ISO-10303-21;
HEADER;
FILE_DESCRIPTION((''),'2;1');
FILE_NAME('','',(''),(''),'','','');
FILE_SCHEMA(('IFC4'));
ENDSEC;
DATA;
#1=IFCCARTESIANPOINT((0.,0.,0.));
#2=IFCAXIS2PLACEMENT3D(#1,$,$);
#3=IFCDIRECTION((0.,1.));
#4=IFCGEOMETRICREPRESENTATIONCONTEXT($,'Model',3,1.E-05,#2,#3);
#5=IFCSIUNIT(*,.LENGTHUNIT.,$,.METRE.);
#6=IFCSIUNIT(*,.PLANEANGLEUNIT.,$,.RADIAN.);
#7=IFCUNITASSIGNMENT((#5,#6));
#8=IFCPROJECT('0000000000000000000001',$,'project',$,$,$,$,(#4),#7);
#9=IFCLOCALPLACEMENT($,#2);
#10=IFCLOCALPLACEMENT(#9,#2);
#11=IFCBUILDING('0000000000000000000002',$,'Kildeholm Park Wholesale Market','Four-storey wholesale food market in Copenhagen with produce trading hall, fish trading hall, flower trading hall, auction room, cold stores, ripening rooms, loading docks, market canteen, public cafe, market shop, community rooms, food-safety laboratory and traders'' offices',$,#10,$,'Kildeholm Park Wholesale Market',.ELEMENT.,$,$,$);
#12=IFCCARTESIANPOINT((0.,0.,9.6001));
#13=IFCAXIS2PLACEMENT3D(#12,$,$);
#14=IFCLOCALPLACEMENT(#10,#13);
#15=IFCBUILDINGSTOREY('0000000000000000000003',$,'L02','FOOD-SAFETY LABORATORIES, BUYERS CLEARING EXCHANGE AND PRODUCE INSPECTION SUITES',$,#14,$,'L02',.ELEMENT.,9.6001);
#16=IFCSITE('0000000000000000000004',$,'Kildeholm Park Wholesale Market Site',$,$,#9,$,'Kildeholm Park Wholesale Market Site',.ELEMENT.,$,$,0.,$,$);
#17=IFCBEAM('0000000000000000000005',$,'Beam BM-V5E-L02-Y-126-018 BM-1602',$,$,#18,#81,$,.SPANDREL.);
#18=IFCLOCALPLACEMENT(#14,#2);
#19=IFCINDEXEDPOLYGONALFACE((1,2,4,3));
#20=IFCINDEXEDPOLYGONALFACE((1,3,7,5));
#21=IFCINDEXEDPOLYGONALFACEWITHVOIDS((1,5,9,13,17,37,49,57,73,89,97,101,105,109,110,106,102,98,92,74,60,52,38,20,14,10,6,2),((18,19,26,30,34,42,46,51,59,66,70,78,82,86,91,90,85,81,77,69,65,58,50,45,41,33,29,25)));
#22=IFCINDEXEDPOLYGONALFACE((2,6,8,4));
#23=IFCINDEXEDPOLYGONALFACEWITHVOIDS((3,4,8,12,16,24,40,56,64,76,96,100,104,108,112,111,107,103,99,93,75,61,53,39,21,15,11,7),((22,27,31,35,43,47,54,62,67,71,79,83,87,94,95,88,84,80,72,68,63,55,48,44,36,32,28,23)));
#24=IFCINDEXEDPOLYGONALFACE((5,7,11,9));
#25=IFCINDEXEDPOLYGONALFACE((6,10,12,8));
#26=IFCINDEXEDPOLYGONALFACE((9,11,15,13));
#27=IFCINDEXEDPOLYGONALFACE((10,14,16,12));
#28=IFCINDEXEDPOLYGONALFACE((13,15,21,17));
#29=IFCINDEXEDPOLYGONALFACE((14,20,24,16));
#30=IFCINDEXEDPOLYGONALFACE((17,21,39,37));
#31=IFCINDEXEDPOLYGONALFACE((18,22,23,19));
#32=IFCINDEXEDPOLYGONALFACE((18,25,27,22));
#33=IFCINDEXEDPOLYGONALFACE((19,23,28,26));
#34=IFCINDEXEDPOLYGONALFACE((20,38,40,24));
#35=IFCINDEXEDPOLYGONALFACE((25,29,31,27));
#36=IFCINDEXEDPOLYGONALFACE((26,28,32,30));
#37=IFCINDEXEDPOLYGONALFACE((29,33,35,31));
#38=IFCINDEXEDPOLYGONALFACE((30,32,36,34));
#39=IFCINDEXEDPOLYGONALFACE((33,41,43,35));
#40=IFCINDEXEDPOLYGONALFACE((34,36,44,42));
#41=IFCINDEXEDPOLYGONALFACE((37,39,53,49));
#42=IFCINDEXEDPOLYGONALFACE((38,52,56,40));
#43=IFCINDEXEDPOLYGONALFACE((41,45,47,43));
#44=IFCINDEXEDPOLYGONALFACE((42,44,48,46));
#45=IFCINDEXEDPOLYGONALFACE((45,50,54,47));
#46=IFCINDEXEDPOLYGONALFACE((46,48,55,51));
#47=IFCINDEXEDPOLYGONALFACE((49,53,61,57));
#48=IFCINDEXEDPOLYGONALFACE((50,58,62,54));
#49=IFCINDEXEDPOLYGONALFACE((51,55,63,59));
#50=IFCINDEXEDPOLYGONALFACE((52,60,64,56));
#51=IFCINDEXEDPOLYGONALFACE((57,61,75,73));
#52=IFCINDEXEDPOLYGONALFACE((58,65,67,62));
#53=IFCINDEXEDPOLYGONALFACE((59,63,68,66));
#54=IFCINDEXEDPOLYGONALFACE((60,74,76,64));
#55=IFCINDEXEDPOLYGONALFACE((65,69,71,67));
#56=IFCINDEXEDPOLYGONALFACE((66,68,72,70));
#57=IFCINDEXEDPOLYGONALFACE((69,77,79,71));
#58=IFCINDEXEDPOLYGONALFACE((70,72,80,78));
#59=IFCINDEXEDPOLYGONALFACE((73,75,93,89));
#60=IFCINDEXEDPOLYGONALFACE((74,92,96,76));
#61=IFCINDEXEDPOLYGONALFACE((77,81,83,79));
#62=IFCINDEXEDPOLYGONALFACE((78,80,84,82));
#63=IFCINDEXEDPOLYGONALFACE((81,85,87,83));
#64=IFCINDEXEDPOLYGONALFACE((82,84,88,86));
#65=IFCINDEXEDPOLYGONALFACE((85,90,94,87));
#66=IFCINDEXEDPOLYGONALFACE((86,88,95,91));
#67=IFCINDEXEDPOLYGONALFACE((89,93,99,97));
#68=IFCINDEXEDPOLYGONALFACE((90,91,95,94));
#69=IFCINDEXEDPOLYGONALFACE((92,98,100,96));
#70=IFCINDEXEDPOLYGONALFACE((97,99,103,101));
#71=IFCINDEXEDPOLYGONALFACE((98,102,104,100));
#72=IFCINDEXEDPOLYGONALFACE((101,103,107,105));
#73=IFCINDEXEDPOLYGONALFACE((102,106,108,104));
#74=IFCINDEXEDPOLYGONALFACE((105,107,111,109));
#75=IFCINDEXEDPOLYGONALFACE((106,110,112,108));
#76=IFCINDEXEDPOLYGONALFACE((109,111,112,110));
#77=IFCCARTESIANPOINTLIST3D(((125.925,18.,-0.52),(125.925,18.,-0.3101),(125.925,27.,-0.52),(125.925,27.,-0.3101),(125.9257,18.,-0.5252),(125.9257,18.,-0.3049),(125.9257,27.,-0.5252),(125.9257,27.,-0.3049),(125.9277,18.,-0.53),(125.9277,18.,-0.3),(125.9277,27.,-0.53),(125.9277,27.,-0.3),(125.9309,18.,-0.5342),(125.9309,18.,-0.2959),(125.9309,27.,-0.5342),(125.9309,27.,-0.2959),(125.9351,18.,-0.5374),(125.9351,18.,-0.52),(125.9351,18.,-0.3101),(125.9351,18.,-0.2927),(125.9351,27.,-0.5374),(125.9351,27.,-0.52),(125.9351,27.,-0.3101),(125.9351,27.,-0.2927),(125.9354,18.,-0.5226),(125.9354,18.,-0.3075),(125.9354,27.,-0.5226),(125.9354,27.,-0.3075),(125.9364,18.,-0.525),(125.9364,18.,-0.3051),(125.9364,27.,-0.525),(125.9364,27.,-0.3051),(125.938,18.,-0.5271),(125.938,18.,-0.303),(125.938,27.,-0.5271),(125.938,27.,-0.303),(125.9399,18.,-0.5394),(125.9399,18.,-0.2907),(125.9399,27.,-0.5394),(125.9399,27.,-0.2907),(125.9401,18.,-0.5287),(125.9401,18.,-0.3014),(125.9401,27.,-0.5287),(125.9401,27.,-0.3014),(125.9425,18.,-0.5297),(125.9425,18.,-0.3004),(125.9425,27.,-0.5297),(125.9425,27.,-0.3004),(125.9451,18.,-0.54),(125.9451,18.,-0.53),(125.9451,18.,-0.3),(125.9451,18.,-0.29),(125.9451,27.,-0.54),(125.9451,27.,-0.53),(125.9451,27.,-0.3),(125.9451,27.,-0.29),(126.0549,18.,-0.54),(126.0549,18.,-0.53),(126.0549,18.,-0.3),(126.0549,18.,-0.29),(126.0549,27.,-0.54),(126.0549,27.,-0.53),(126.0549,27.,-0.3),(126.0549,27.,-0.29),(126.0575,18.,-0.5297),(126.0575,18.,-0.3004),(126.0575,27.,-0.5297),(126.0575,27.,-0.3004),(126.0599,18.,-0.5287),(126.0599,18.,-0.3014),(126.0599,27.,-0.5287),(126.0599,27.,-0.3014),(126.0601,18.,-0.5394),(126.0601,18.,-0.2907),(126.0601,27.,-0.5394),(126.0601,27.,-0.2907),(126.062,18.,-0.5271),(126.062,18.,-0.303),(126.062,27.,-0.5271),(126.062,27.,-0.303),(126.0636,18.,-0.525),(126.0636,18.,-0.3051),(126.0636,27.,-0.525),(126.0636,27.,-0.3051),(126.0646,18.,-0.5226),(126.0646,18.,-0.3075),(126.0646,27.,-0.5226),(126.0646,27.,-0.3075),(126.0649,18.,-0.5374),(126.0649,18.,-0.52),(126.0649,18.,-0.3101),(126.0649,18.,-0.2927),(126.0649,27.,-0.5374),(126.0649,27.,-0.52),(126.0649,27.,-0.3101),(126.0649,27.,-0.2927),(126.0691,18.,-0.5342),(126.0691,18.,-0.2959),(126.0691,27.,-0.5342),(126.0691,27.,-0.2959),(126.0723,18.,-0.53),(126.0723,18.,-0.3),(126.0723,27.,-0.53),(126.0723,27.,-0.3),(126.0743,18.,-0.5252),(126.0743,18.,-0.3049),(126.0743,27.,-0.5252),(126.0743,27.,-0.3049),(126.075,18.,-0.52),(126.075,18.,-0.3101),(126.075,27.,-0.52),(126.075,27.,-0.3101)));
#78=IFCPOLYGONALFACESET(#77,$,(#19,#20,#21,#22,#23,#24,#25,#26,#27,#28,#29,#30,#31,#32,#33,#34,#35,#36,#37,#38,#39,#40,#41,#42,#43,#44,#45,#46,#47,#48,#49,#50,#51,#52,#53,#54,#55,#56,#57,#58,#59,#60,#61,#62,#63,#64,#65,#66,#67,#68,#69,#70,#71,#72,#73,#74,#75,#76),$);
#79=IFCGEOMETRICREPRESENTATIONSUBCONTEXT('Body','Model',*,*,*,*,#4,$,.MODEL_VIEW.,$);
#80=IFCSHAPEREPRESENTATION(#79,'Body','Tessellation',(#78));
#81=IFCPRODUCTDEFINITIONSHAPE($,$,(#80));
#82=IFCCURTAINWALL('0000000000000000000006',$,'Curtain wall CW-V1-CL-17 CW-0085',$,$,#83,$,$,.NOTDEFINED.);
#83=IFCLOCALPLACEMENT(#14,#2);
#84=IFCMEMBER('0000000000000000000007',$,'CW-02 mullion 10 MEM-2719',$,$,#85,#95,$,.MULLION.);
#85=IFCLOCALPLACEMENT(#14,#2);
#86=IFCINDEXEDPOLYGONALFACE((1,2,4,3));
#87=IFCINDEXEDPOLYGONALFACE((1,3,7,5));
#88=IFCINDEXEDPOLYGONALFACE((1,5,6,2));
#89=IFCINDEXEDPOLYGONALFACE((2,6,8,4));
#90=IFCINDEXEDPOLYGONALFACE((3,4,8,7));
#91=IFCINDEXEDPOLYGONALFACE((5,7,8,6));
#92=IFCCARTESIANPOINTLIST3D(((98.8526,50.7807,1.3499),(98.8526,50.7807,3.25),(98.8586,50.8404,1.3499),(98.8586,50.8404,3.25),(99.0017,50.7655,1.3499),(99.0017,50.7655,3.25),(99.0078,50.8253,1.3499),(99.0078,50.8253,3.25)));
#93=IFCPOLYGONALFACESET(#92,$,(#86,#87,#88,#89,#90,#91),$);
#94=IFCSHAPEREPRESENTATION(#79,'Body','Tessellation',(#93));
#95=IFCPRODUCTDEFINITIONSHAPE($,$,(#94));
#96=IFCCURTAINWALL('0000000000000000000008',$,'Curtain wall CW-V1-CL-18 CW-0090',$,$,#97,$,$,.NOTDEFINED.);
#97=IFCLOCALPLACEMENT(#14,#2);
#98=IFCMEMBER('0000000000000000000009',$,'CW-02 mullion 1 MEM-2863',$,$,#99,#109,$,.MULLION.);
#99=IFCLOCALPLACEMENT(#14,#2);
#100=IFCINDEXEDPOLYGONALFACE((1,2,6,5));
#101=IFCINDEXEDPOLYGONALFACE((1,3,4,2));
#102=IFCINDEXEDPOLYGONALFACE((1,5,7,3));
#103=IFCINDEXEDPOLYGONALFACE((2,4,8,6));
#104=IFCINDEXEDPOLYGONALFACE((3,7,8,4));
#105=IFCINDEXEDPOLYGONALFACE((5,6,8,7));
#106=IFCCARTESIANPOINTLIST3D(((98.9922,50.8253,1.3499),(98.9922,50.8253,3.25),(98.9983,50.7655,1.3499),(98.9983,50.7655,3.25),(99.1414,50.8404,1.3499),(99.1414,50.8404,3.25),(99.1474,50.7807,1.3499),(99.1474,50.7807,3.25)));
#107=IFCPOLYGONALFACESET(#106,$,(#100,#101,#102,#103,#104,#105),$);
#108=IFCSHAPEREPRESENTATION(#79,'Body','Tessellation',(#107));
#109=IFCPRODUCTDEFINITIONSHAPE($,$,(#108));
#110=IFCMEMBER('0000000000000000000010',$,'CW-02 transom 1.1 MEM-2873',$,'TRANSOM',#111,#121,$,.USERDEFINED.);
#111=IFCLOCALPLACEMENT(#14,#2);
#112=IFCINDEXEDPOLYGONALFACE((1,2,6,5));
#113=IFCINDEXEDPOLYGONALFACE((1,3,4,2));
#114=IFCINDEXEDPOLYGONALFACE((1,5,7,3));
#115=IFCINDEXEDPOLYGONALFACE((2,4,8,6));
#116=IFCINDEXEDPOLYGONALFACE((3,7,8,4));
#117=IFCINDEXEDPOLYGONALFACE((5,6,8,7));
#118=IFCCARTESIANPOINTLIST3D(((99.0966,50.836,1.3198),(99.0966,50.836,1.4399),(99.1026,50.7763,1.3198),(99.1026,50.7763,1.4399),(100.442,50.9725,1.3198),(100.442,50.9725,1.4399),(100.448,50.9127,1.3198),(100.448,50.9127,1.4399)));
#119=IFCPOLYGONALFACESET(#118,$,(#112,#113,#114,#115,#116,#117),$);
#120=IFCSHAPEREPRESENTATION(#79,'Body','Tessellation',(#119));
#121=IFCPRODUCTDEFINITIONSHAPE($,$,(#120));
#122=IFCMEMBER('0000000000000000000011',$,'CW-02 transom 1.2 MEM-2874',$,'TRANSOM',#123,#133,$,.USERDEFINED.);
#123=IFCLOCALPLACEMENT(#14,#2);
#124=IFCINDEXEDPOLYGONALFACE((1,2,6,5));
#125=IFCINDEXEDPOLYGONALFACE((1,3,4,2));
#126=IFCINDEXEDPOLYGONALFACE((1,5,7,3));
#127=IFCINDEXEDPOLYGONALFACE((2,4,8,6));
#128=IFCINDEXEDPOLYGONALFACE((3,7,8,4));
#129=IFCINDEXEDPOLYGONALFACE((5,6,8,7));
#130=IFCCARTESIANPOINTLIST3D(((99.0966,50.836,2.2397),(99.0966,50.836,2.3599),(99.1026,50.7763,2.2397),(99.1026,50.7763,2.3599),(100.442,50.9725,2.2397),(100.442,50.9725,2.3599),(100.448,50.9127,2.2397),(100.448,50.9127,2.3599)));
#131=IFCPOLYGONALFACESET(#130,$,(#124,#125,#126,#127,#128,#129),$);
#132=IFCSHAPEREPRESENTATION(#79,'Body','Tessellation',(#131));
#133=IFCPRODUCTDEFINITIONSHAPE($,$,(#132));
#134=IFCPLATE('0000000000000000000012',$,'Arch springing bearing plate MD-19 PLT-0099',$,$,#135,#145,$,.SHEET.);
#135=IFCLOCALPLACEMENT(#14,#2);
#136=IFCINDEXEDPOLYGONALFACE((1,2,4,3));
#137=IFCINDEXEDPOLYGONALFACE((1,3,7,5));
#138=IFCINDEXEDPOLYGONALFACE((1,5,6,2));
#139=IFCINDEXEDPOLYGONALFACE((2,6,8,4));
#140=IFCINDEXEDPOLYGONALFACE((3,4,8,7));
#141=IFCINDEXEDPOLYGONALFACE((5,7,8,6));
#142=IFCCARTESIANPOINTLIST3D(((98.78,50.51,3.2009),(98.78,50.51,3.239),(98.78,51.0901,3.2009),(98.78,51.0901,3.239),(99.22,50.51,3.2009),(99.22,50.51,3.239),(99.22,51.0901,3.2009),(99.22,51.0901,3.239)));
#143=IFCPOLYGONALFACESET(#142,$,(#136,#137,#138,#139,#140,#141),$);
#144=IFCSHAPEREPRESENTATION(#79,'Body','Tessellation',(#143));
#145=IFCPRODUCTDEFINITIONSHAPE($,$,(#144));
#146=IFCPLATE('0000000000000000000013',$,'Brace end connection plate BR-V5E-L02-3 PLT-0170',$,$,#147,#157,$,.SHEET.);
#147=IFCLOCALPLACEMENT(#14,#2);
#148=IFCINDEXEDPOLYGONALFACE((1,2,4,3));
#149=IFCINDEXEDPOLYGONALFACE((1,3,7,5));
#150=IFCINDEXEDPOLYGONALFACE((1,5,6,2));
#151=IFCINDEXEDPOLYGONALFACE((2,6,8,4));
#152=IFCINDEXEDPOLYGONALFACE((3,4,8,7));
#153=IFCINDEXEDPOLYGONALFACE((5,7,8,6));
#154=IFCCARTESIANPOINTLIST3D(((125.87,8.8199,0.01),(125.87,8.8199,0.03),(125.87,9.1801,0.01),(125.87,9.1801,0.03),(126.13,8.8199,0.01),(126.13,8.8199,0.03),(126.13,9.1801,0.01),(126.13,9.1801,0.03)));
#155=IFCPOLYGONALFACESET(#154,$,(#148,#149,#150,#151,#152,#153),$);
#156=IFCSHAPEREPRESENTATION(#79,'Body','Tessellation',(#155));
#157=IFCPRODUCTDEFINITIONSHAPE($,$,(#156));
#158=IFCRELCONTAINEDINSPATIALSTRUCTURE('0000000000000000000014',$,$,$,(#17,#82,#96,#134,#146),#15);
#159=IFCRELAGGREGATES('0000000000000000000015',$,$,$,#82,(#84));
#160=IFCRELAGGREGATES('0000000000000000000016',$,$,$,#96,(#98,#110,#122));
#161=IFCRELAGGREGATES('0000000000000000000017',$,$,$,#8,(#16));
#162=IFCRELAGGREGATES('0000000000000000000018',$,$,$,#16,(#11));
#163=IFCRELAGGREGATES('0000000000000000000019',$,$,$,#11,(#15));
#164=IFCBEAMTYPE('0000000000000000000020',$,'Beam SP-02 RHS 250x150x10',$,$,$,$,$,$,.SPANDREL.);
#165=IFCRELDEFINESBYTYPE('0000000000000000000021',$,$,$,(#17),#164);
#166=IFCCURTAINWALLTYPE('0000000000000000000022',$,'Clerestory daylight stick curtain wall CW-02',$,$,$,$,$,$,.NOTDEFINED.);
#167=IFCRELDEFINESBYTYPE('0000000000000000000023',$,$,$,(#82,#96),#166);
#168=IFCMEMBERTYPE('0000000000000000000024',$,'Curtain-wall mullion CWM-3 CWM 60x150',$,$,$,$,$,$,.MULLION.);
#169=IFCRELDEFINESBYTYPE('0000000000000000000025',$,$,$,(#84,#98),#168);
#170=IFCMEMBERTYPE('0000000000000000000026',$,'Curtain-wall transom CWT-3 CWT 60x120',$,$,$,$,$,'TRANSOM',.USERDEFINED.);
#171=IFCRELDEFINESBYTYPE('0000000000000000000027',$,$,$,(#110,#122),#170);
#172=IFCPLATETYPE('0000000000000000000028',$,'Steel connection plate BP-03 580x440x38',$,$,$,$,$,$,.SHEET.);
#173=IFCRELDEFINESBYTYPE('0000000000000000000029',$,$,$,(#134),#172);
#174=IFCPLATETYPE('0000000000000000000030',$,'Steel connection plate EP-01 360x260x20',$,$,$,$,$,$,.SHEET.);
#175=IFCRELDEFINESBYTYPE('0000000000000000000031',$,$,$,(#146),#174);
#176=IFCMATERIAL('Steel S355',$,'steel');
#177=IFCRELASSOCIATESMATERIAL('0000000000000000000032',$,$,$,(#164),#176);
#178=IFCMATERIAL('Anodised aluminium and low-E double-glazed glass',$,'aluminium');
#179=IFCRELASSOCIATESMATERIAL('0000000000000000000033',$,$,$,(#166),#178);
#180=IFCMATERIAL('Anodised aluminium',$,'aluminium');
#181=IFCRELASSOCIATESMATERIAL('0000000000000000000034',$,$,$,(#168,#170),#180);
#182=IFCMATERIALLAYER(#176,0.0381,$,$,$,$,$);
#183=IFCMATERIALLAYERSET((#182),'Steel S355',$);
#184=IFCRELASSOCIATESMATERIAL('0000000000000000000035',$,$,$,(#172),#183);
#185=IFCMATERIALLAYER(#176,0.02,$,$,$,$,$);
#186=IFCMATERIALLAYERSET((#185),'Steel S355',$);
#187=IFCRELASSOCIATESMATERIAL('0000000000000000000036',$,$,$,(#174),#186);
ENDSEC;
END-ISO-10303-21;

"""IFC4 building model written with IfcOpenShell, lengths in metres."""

from ifc_helpers import new_model, si_unit, direction, frame, origin, origin_2d, place, context, subcontext, project, spatial, rectangle, hollow_rectangle, extrude, material, layer, layer_set, material_profile, profile_set, type_object, element, aggregate, save


model = new_model("IFC4")

# Units and contexts
model_context = context("Model", 3, precision=1e-05, world=origin(), true_north=direction((0.0, 1.0)))
body_context = subcontext(model_context, "Body", "Model", "MODEL_VIEW")
ifc_project = project(units=[si_unit("LENGTHUNIT", "METRE"), si_unit("PLANEANGLEUNIT", "RADIAN")], contexts=[model_context])

# Site, building, storey
site_placement = place(None, origin())
site = spatial("IfcSite", under=ifc_project, at=site_placement, Name="Kildeholm Park Wholesale Market Site", LongName="Kildeholm Park Wholesale Market Site", CompositionType="ELEMENT", RefElevation=0.0)
building_placement = place(site_placement, origin())
building = spatial("IfcBuilding", under=site, at=building_placement, Name="Kildeholm Park Wholesale Market", Description="Four-storey wholesale food market in Copenhagen with produce trading hall, fish trading hall, flower trading hall, auction room, cold stores, ripening rooms, loading docks, market canteen, public cafe, market shop, community rooms, food-safety laboratory and traders' offices", LongName="Kildeholm Park Wholesale Market", CompositionType="ELEMENT")
storey_placement = place(building_placement, frame((0.0, 0.0, 9.6001)))
storey = spatial("IfcBuildingStorey", under=building, at=storey_placement, Name="L02", Description="FOOD-SAFETY LABORATORIES, BUYERS CLEARING EXCHANGE AND PRODUCE INSPECTION SUITES", LongName="L02", CompositionType="ELEMENT", Elevation=9.6001)

# Shared definitions
ifc_material_1 = material(Name="Steel S355", Category="steel")

# Beam
ifc_material_profile_1 = material_profile(ifc_material_1, hollow_rectangle(XDim=0.1499, YDim=0.25, WallThickness=0.01, InnerFilletRadius=0.01, OuterFilletRadius=0.02, at=origin_2d()), Name="RHS 250x150x10")
ifc_profile_set_1 = profile_set([ifc_material_profile_1], Name="Steel S355")
beam_type_1 = type_object("IfcBeamType", Name="Beam SP-02 RHS 250x150x10", PredefinedType="SPANDREL", material=ifc_profile_set_1)
beam_1_placement = place(storey_placement, frame((126.0, 18.0, -0.415), z_axis=(0.0, 1.0, 0.0), x_axis=(-1.0, 0.0, 0.0)))
element("IfcBeam", 1, at=beam_1_placement, inside=storey, type_object=beam_type_1, Name="Beam BM-V5E-L02-Y-126-018 BM-1602", PredefinedType="SPANDREL", context=body_context, shape_type="SweptSolid", body=[
    extrude(hollow_rectangle(XDim=0.1499, YDim=0.25, WallThickness=0.01, InnerFilletRadius=0.01, OuterFilletRadius=0.02, at=origin_2d()), origin(), (0.0, 0.0, 1.0), 9.0),
])

# Curtain wall, member
ifc_material_2 = material(Name="Anodised aluminium and low-E double-glazed glass", Category="aluminium")
curtain_wall_type = type_object("IfcCurtainWallType", Name="Clerestory daylight stick curtain wall CW-02", PredefinedType="NOTDEFINED", material=ifc_material_2)
curtain_wall_1_placement = place(storey_placement, origin())
curtain_wall_1 = element("IfcCurtainWall", 2, at=curtain_wall_1_placement, inside=storey, type_object=curtain_wall_type, Name="Curtain wall CW-V1-CL-17 CW-0085", PredefinedType="NOTDEFINED")
ifc_material_3 = material(Name="Anodised aluminium", Category="aluminium")
ifc_material_profile_2 = material_profile(ifc_material_3, rectangle(XDim=0.0601, YDim=0.1499, at=origin_2d()), Name="CWM 60x150")
ifc_profile_set_2 = profile_set([ifc_material_profile_2], Name="Anodised aluminium")
member_type_1 = type_object("IfcMemberType", Name="Curtain-wall mullion CWM-3 CWM 60x150", PredefinedType="MULLION", material=ifc_profile_set_2)
member_1_placement = place(storey_placement, frame((98.9302, 50.803, 1.3499), z_axis=(0.0, 0.0, 1.0), x_axis=(0.100999, 0.994887, 0.0)))
member_1 = element("IfcMember", 3, at=member_1_placement, type_object=member_type_1, Name="CW-02 mullion 10 MEM-2719", PredefinedType="MULLION", context=body_context, shape_type="SweptSolid", body=[
    extrude(rectangle(XDim=0.0601, YDim=0.1499, at=origin_2d()), origin(), (0.0, 0.0, 1.0), 1.9001),
])
aggregate(curtain_wall_1, [member_1])

# Curtain wall, members
curtain_wall_2_placement = place(storey_placement, origin())
curtain_wall_2 = element("IfcCurtainWall", 4, at=curtain_wall_2_placement, inside=storey, type_object=curtain_wall_type, Name="Curtain wall CW-V1-CL-18 CW-0090", PredefinedType="NOTDEFINED")
member_2_placement = place(storey_placement, frame((99.0698, 50.803, 1.3499), z_axis=(0.0, 0.0, 1.0), x_axis=(-0.100999, 0.994887, 0.0)))
member_2 = element("IfcMember", 5, at=member_2_placement, type_object=member_type_1, Name="CW-02 mullion 1 MEM-2863", PredefinedType="MULLION", context=body_context, shape_type="SweptSolid", body=[
    extrude(rectangle(XDim=0.0601, YDim=0.1499, at=origin_2d()), origin(), (0.0, 0.0, 1.0), 1.9001),
])
ifc_material_profile_3 = material_profile(ifc_material_3, rectangle(XDim=0.0601, YDim=0.1201, at=origin_2d()), Name="CWT 60x120")
ifc_profile_set_3 = profile_set([ifc_material_profile_3], Name="Anodised aluminium")
member_type_2 = type_object("IfcMemberType", Name="Curtain-wall transom CWT-3 CWT 60x120", ElementType="TRANSOM", PredefinedType="USERDEFINED", material=ifc_profile_set_3)
member_3_placement = place(storey_placement, frame((99.0996, 50.8062, 1.3799), z_axis=(0.994895, 0.100916, 0.0), x_axis=(-0.100916, 0.994895, 0.0)))
member_3 = element("IfcMember", 6, at=member_3_placement, type_object=member_type_2, Name="CW-02 transom 1.1 MEM-2873", ObjectType="TRANSOM", PredefinedType="USERDEFINED", context=body_context, shape_type="SweptSolid", body=[
    extrude(rectangle(XDim=0.0601, YDim=0.1201, at=origin_2d()), origin(), (0.0, 0.0, 1.0), 1.3523),
])
member_4_placement = place(storey_placement, frame((99.0996, 50.8062, 2.2998), z_axis=(0.994895, 0.100916, 0.0), x_axis=(-0.100916, 0.994895, 0.0)))
member_4 = element("IfcMember", 7, at=member_4_placement, type_object=member_type_2, Name="CW-02 transom 1.2 MEM-2874", ObjectType="TRANSOM", PredefinedType="USERDEFINED", context=body_context, shape_type="SweptSolid", body=[
    extrude(rectangle(XDim=0.0601, YDim=0.1201, at=origin_2d()), origin(), (0.0, 0.0, 1.0), 1.3523),
])
aggregate(curtain_wall_2, [member_2, member_3, member_4])

# Plates
ifc_layer_1 = layer(ifc_material_1, 0.0381)
ifc_layer_set_1 = layer_set([ifc_layer_1], Name="Steel S355")
plate_type_1 = type_object("IfcPlateType", Name="Steel connection plate BP-03 580x440x38", PredefinedType="SHEET", material=ifc_layer_set_1)
plate_1_placement = place(storey_placement, frame((99.0, 50.8, 3.2009), z_axis=(0.0, 0.0, 1.0), x_axis=(0.0, -1.0, 0.0)))
element("IfcPlate", 8, at=plate_1_placement, inside=storey, type_object=plate_type_1, Name="Arch springing bearing plate MD-19 PLT-0099", PredefinedType="SHEET", context=body_context, shape_type="SweptSolid", body=[
    extrude(rectangle(XDim=0.5801, YDim=0.4399, at=origin_2d()), origin(), (0.0, 0.0, 1.0), 0.0381),
])
ifc_layer_2 = layer(ifc_material_1, 0.02)
ifc_layer_set_2 = layer_set([ifc_layer_2], Name="Steel S355")
plate_type_2 = type_object("IfcPlateType", Name="Steel connection plate EP-01 360x260x20", PredefinedType="SHEET", material=ifc_layer_set_2)
plate_2_placement = place(storey_placement, frame((126.0, 9.0, 0.01), z_axis=(0.0, 0.0, 1.0), x_axis=(0.0, 1.0, 0.0)))
element("IfcPlate", 9, at=plate_2_placement, inside=storey, type_object=plate_type_2, Name="Brace end connection plate BR-V5E-L02-3 PLT-0170", PredefinedType="SHEET", context=body_context, shape_type="SweptSolid", body=[
    extrude(rectangle(XDim=0.3601, YDim=0.26, at=origin_2d()), origin(), (0.0, 0.0, 1.0), 0.02),
])

save(model, "model.ifc")
